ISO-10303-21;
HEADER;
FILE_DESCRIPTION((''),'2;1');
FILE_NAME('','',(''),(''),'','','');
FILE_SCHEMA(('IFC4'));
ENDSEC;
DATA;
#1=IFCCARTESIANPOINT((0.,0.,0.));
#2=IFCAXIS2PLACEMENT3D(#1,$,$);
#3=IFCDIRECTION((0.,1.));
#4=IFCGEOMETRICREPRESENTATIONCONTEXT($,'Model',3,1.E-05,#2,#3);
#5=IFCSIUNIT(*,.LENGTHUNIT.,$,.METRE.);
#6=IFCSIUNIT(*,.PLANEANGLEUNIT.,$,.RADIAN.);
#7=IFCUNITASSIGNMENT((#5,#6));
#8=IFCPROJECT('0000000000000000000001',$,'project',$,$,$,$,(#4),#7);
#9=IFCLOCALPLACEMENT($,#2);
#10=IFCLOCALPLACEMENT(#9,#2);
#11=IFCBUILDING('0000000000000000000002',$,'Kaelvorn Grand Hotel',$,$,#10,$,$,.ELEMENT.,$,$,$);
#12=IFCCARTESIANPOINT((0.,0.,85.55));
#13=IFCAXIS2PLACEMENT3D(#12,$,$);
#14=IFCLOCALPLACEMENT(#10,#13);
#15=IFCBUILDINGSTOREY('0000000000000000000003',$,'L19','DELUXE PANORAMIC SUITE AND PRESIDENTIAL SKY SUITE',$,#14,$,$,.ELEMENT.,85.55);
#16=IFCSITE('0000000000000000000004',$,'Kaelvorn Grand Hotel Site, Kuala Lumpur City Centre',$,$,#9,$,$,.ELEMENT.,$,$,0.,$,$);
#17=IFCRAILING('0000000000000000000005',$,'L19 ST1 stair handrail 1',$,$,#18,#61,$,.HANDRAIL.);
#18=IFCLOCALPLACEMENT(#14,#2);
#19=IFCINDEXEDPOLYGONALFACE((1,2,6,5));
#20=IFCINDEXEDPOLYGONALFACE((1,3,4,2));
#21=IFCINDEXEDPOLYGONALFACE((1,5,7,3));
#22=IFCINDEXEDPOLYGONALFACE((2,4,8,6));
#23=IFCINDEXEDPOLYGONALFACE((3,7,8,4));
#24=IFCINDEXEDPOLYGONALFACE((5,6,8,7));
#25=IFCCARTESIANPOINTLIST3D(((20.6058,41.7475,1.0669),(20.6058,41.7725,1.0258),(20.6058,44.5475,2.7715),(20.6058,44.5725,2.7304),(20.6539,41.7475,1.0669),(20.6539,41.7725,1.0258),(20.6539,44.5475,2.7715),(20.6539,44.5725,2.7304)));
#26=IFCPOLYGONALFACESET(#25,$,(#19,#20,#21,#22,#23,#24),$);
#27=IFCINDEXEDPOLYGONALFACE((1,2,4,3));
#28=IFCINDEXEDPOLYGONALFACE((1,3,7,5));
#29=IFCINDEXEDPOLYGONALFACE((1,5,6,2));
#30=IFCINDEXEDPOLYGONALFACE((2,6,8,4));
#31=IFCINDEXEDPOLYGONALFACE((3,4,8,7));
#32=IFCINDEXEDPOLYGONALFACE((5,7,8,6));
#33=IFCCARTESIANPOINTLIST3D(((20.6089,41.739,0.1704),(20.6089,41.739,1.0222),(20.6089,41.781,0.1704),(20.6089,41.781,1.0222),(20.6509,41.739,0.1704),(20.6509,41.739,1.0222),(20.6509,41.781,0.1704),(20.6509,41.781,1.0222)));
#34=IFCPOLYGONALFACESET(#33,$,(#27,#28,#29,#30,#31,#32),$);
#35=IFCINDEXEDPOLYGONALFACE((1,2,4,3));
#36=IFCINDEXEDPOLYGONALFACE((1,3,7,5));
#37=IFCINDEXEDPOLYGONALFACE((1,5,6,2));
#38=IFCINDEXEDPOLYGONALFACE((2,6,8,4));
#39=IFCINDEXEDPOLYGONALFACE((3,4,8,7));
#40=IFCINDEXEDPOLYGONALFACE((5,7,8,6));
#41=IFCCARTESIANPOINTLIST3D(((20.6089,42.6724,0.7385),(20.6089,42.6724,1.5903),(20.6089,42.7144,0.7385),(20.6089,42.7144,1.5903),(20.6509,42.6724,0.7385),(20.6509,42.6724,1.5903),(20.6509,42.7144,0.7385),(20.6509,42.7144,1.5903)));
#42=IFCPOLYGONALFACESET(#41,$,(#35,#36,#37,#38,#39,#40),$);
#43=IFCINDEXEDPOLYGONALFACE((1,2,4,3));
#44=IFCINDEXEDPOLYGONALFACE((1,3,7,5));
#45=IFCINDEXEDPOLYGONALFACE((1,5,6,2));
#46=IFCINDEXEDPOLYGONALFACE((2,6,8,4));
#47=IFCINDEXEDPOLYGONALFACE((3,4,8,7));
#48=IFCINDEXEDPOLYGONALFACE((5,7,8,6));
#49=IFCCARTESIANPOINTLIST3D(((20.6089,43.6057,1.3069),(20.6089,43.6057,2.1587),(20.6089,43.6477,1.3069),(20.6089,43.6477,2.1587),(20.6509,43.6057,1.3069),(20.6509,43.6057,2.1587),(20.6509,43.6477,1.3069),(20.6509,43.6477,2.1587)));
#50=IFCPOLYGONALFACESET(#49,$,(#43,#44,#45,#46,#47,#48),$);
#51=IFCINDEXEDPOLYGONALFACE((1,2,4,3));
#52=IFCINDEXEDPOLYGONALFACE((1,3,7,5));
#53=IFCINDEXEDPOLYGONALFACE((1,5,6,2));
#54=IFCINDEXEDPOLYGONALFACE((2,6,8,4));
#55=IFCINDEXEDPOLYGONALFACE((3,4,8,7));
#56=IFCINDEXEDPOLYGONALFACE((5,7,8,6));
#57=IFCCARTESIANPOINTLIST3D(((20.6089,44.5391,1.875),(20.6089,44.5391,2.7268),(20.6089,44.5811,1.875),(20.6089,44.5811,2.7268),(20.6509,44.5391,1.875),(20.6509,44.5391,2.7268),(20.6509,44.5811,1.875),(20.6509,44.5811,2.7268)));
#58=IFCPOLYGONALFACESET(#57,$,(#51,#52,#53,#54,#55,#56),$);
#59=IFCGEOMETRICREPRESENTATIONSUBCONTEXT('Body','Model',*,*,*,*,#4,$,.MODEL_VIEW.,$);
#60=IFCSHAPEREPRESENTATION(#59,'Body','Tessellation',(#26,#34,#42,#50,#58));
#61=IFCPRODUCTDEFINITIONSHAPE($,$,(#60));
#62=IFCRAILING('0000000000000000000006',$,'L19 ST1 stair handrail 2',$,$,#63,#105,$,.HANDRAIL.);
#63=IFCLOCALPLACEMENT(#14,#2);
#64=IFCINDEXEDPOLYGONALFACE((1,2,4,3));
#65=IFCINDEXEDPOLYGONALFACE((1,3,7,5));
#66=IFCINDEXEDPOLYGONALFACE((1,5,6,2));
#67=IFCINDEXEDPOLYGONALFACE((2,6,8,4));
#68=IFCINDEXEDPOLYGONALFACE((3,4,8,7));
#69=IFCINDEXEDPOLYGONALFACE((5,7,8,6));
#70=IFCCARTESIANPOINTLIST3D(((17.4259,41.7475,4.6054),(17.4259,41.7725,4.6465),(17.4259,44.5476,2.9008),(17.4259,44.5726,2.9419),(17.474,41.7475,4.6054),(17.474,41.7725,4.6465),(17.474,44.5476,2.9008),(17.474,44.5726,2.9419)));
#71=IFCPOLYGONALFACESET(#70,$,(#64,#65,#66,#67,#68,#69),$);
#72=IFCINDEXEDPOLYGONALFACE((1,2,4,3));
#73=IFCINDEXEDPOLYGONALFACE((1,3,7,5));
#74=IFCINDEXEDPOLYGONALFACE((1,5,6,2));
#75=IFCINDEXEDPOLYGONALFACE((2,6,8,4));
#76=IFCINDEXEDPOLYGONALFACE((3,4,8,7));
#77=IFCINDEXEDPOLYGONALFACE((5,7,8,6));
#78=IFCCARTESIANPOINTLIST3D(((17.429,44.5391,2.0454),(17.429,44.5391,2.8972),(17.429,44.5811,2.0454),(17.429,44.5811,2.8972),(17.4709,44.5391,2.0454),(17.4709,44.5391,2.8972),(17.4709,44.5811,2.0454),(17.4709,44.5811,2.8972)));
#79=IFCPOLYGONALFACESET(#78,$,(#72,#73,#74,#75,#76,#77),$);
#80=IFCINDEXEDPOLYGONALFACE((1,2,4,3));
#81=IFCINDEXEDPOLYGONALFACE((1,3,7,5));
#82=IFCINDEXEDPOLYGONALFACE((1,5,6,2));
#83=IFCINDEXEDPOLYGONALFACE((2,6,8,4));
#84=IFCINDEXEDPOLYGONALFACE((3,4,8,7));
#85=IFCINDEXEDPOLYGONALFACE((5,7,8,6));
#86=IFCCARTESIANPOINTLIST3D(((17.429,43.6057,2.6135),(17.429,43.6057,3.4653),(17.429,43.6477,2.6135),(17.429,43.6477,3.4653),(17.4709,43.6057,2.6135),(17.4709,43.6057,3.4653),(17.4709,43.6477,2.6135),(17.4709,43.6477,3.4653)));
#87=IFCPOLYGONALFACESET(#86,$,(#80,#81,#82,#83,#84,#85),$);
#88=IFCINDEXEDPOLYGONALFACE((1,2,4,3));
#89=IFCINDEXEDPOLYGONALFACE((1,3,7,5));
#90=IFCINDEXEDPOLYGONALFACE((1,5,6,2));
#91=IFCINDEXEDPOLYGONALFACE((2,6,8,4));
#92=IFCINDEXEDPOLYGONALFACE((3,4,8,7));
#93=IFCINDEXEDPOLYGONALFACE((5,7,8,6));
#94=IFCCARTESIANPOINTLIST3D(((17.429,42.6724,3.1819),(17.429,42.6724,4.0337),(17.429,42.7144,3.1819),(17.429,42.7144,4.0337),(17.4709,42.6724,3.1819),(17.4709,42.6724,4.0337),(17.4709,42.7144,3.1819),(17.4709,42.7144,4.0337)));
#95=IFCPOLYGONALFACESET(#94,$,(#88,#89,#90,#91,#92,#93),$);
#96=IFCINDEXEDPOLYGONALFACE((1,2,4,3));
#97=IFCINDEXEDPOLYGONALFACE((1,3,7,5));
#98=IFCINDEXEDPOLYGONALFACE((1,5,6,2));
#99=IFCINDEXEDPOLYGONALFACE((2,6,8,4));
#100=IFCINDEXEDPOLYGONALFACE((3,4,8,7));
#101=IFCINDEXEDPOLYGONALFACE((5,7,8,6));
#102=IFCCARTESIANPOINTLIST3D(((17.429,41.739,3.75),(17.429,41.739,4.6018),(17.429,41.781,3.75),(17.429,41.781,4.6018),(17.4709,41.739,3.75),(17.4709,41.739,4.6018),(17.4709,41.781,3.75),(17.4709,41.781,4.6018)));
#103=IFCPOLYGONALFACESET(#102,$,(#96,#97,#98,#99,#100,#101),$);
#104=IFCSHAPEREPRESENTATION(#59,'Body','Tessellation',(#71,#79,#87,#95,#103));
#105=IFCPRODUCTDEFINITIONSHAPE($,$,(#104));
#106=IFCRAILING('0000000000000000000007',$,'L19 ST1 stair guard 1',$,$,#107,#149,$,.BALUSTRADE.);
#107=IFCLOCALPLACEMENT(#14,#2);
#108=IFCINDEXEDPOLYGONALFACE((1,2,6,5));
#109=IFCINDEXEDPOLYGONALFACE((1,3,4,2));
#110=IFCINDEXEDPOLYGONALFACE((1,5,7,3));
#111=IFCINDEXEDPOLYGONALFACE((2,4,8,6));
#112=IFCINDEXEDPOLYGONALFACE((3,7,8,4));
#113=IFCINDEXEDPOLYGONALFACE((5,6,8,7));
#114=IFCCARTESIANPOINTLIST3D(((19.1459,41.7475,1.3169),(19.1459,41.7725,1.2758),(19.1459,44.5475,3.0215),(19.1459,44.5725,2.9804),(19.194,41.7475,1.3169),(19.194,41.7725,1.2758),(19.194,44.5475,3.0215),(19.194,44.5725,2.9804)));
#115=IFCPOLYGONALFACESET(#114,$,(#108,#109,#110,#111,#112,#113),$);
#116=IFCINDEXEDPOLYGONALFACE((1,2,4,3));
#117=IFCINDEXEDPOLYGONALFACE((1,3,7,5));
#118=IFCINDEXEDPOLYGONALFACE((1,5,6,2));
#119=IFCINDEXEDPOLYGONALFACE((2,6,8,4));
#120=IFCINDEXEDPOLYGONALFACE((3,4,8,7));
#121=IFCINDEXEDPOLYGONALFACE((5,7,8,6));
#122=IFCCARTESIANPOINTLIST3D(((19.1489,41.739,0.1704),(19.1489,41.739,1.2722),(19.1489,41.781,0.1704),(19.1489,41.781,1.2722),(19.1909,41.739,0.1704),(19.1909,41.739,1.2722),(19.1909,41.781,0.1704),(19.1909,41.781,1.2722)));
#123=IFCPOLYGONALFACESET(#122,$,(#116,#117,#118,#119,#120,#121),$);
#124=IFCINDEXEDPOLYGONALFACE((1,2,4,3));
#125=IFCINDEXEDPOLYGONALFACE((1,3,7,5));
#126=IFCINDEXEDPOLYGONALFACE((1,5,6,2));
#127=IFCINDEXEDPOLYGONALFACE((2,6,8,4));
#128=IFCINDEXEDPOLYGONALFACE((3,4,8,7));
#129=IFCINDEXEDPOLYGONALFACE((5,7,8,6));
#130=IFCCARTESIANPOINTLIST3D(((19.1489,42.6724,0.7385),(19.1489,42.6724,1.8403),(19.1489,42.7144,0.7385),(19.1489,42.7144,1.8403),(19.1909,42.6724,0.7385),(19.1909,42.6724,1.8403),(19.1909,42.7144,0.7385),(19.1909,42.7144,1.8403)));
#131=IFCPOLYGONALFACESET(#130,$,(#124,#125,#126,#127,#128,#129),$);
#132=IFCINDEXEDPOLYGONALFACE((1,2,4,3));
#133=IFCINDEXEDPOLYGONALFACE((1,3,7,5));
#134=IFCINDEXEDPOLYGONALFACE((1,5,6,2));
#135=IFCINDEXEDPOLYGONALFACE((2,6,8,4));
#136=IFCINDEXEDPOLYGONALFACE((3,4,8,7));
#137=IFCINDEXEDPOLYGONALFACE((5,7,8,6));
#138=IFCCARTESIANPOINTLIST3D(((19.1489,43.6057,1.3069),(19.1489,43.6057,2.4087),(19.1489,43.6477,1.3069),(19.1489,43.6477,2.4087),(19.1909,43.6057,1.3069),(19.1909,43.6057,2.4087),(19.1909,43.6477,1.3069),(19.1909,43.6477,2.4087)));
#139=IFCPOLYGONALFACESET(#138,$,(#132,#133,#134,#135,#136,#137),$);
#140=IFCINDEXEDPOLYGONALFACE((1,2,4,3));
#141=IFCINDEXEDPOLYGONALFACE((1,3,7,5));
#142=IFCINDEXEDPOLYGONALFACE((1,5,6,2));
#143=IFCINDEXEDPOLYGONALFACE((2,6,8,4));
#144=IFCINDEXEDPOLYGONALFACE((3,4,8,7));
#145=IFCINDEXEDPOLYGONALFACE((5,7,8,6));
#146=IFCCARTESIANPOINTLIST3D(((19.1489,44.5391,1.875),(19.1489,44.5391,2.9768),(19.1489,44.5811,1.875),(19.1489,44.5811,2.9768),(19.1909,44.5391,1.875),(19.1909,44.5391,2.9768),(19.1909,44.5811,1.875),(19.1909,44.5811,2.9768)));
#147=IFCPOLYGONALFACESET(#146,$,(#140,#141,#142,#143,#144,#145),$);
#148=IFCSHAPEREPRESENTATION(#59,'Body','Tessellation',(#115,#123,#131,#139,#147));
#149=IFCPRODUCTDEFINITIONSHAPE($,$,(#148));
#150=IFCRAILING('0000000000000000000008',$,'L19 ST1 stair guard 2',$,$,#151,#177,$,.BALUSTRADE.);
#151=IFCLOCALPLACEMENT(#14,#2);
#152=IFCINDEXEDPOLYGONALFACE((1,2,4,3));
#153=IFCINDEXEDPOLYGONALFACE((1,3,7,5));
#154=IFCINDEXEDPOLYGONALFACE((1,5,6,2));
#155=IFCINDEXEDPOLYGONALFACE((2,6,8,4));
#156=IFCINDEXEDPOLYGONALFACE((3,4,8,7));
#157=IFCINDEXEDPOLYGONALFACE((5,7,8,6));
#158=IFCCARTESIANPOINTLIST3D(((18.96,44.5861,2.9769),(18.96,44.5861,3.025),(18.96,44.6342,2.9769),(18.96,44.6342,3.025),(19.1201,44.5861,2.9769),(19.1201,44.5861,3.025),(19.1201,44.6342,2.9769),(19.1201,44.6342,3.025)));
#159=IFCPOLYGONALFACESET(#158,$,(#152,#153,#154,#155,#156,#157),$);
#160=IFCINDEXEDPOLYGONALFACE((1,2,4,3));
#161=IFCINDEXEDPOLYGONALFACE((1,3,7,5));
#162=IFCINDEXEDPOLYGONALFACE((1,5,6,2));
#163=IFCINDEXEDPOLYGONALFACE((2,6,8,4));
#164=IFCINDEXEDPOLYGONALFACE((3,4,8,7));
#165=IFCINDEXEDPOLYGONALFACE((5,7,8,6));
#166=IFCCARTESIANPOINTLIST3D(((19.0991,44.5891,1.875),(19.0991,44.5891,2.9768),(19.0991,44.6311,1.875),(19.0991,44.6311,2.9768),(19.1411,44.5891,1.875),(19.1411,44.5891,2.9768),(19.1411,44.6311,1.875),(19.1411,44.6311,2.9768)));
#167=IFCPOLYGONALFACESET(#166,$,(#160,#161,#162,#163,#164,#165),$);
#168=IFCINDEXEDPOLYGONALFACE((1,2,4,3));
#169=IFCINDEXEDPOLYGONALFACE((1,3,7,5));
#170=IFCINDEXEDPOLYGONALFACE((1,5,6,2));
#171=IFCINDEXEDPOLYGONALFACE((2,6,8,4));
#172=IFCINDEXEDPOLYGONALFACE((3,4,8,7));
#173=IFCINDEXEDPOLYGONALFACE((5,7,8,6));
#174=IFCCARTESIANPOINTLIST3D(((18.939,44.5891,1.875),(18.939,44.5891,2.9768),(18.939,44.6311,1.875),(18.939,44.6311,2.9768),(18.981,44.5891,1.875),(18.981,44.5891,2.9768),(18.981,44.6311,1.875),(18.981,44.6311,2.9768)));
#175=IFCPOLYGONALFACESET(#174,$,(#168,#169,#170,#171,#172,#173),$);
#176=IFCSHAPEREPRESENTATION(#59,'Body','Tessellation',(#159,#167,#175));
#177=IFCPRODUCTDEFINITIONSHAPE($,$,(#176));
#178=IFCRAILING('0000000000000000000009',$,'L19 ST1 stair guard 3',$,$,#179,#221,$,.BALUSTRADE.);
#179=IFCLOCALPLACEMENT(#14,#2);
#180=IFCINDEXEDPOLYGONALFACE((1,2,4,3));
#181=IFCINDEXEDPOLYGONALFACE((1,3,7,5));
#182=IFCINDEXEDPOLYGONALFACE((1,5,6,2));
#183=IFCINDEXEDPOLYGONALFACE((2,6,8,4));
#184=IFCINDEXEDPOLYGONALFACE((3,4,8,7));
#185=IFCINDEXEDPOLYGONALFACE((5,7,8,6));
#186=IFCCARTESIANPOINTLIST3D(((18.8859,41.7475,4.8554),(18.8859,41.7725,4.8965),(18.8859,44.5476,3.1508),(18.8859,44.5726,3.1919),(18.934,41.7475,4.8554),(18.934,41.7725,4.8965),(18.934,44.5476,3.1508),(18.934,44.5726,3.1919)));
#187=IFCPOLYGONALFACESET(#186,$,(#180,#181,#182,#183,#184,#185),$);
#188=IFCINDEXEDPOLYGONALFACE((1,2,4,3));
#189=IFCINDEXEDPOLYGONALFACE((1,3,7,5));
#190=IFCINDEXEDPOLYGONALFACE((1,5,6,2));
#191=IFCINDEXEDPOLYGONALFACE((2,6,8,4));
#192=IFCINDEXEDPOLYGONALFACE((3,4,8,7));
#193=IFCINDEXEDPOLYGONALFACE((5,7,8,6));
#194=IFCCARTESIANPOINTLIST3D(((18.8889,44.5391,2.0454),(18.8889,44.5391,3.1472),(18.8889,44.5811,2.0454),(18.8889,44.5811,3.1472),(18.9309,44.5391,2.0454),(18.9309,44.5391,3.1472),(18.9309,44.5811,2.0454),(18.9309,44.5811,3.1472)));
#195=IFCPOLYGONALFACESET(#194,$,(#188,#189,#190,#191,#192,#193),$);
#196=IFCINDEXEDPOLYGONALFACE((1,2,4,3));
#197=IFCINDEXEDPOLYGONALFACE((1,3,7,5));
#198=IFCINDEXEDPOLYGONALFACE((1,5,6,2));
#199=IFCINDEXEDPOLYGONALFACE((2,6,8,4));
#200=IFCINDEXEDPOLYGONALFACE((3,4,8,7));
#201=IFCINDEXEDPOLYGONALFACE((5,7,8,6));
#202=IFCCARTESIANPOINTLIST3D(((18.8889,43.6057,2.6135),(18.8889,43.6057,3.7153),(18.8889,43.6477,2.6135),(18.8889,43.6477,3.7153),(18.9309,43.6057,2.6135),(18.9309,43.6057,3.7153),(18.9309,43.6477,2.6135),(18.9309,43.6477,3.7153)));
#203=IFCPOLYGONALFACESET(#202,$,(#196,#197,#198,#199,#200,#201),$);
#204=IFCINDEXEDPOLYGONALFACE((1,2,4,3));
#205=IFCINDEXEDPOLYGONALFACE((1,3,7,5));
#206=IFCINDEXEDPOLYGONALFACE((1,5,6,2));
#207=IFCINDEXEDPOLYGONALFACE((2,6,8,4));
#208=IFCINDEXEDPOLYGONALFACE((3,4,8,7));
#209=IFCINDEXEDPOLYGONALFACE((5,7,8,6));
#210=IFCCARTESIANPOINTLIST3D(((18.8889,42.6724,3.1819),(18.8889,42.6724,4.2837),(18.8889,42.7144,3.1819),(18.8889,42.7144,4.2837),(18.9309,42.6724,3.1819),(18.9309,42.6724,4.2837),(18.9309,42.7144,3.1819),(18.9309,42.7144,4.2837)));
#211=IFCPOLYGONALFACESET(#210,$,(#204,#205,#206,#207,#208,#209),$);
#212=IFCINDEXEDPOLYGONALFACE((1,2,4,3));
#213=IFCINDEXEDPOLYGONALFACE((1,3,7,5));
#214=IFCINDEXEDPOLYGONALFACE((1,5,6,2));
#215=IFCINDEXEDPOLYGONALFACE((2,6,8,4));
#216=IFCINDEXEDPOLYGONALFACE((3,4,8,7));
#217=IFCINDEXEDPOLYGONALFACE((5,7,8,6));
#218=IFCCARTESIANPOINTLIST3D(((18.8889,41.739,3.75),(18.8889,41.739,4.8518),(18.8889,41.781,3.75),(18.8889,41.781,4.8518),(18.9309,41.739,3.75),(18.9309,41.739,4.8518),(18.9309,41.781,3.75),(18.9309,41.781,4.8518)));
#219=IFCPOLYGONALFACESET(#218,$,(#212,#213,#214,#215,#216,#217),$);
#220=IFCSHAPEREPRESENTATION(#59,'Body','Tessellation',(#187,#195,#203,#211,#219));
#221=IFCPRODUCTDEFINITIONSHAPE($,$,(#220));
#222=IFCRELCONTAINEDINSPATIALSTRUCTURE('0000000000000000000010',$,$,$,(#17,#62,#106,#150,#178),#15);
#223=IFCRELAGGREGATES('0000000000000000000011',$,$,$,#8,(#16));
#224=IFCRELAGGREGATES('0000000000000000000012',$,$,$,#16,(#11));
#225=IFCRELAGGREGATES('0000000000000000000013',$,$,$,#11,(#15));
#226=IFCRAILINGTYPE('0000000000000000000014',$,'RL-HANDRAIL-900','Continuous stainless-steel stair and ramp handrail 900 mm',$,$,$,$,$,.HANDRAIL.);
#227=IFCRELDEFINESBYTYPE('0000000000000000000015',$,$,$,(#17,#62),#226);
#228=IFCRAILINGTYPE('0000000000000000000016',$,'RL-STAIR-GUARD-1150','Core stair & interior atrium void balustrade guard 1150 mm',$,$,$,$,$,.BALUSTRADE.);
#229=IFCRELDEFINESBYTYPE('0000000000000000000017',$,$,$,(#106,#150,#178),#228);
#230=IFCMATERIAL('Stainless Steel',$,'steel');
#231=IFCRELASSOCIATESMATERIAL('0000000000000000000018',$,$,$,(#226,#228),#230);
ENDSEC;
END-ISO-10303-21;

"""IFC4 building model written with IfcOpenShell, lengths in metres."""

from ifc_helpers import new_model, si_unit, direction, frame, origin, origin_2d, place, context, subcontext, project, spatial, rectangle, extrude, material, type_object, element, save


model = new_model("IFC4")

# Units and contexts
model_context = context("Model", 3, precision=1e-05, world=origin(), true_north=direction((0.0, 1.0)))
body_context = subcontext(model_context, "Body", "Model", "MODEL_VIEW")
ifc_project = project(units=[si_unit("LENGTHUNIT", "METRE"), si_unit("PLANEANGLEUNIT", "RADIAN")], contexts=[model_context])

# Site, building, storey
site_placement = place(None, origin())
site = spatial("IfcSite", under=ifc_project, at=site_placement, Name="Kaelvorn Grand Hotel Site, Kuala Lumpur City Centre", CompositionType="ELEMENT", RefElevation=0.0)
building_placement = place(site_placement, origin())
building = spatial("IfcBuilding", under=site, at=building_placement, Name="Kaelvorn Grand Hotel", CompositionType="ELEMENT")
storey_placement = place(building_placement, frame((0.0, 0.0, 85.55)))
storey = spatial("IfcBuildingStorey", under=building, at=storey_placement, Name="L19", Description="DELUXE PANORAMIC SUITE AND PRESIDENTIAL SKY SUITE", CompositionType="ELEMENT", Elevation=85.55)

# Shared definitions
ifc_material_1 = material(Name="Stainless Steel", Category="steel")

# Railings
railing_type_1 = type_object("IfcRailingType", Name="RL-HANDRAIL-900", Description="Continuous stainless-steel stair and ramp handrail 900 mm", PredefinedType="HANDRAIL", material=ifc_material_1)
railing_1_placement = place(storey_placement, frame((20.6299, 41.76, 0.1704)))
element("IfcRailing", 1, at=railing_1_placement, inside=storey, type_object=railing_type_1, Name="L19 ST1 stair handrail 1", PredefinedType="HANDRAIL", context=body_context, shape_type="SweptSolid", body=[
    extrude(rectangle(XDim=0.0481, YDim=0.0481, at=origin_2d()), frame((0.0, 0.0, 0.876), z_axis=(0.0, 0.85417, 0.519994), x_axis=(-1.0, 0.0, 0.0)), (0.0, 0.0, 1.0), 3.2781),
    extrude(rectangle(XDim=0.042, YDim=0.042, at=origin_2d()), origin(), (0.0, 0.0, 1.0), 0.8518),
    extrude(rectangle(XDim=0.042, YDim=0.042, at=origin_2d()), frame((0.0, 0.9333, 0.5681)), (0.0, 0.0, 1.0), 0.8518),
    extrude(rectangle(XDim=0.042, YDim=0.042, at=origin_2d()), frame((0.0, 1.8667, 1.1365)), (0.0, 0.0, 1.0), 0.8518),
    extrude(rectangle(XDim=0.042, YDim=0.042, at=origin_2d()), frame((0.0, 2.8, 1.7046)), (0.0, 0.0, 1.0), 0.8518),
])
railing_2_placement = place(storey_placement, frame((17.45, 44.5601, 2.0454)))
element("IfcRailing", 2, at=railing_2_placement, inside=storey, type_object=railing_type_1, Name="L19 ST1 stair handrail 2", PredefinedType="HANDRAIL", context=body_context, shape_type="SweptSolid", body=[
    extrude(rectangle(XDim=0.0481, YDim=0.0481, at=origin_2d()), frame((0.0, 0.0, 0.876), z_axis=(0.0, -0.85417, 0.519994), x_axis=(1.0, 0.0, 0.0)), (0.0, 0.0, 1.0), 3.2781),
    extrude(rectangle(XDim=0.042, YDim=0.042, at=origin_2d()), origin(), (0.0, 0.0, 1.0), 0.8518),
    extrude(rectangle(XDim=0.042, YDim=0.042, at=origin_2d()), frame((0.0, -0.9333, 0.5681)), (0.0, 0.0, 1.0), 0.8518),
    extrude(rectangle(XDim=0.042, YDim=0.042, at=origin_2d()), frame((0.0, -1.8667, 1.1365)), (0.0, 0.0, 1.0), 0.8518),
    extrude(rectangle(XDim=0.042, YDim=0.042, at=origin_2d()), frame((0.0, -2.8, 1.7046)), (0.0, 0.0, 1.0), 0.8518),
])
railing_type_2 = type_object("IfcRailingType", Name="RL-STAIR-GUARD-1150", Description="Core stair & interior atrium void balustrade guard 1150 mm", PredefinedType="BALUSTRADE", material=ifc_material_1)
railing_3_placement = place(storey_placement, frame((19.1699, 41.76, 0.1704)))
element("IfcRailing", 3, at=railing_3_placement, inside=storey, type_object=railing_type_2, Name="L19 ST1 stair guard 1", PredefinedType="BALUSTRADE", context=body_context, shape_type="SweptSolid", body=[
    extrude(rectangle(XDim=0.0481, YDim=0.0481, at=origin_2d()), frame((0.0, 0.0, 1.126), z_axis=(0.0, 0.85417, 0.519994), x_axis=(-1.0, 0.0, 0.0)), (0.0, 0.0, 1.0), 3.2781),
    extrude(rectangle(XDim=0.042, YDim=0.042, at=origin_2d()), origin(), (0.0, 0.0, 1.0), 1.1018),
    extrude(rectangle(XDim=0.042, YDim=0.042, at=origin_2d()), frame((0.0, 0.9333, 0.5681)), (0.0, 0.0, 1.0), 1.1018),
    extrude(rectangle(XDim=0.042, YDim=0.042, at=origin_2d()), frame((0.0, 1.8667, 1.1365)), (0.0, 0.0, 1.0), 1.1018),
    extrude(rectangle(XDim=0.042, YDim=0.042, at=origin_2d()), frame((0.0, 2.8, 1.7046)), (0.0, 0.0, 1.0), 1.1018),
])
railing_4_placement = place(storey_placement, frame((19.1201, 44.6101, 1.875)))
element("IfcRailing", 4, at=railing_4_placement, inside=storey, type_object=railing_type_2, Name="L19 ST1 stair guard 2", PredefinedType="BALUSTRADE", context=body_context, shape_type="SweptSolid", body=[
    extrude(rectangle(XDim=0.0481, YDim=0.0481, at=origin_2d()), frame((0.0, 0.0, 1.126), z_axis=(-1.0, 0.0, 0.0), x_axis=(0.0, -1.0, 0.0)), (0.0, 0.0, 1.0), 0.1602),
    extrude(rectangle(XDim=0.042, YDim=0.042, at=origin_2d()), origin(), (0.0, 0.0, 1.0), 1.1018),
    extrude(rectangle(XDim=0.042, YDim=0.042, at=origin_2d()), frame((-0.1602, 0.0, 0.0)), (0.0, 0.0, 1.0), 1.1018),
])
railing_5_placement = place(storey_placement, frame((18.9099, 44.5601, 2.0454)))
element("IfcRailing", 5, at=railing_5_placement, inside=storey, type_object=railing_type_2, Name="L19 ST1 stair guard 3", PredefinedType="BALUSTRADE", context=body_context, shape_type="SweptSolid", body=[
    extrude(rectangle(XDim=0.0481, YDim=0.0481, at=origin_2d()), frame((0.0, 0.0, 1.126), z_axis=(0.0, -0.85417, 0.519994), x_axis=(1.0, 0.0, 0.0)), (0.0, 0.0, 1.0), 3.2781),
    extrude(rectangle(XDim=0.042, YDim=0.042, at=origin_2d()), origin(), (0.0, 0.0, 1.0), 1.1018),
    extrude(rectangle(XDim=0.042, YDim=0.042, at=origin_2d()), frame((0.0, -0.9333, 0.5681)), (0.0, 0.0, 1.0), 1.1018),
    extrude(rectangle(XDim=0.042, YDim=0.042, at=origin_2d()), frame((0.0, -1.8667, 1.1365)), (0.0, 0.0, 1.0), 1.1018),
    extrude(rectangle(XDim=0.042, YDim=0.042, at=origin_2d()), frame((0.0, -2.8, 1.7046)), (0.0, 0.0, 1.0), 1.1018),
])

save(model, "model.ifc")
